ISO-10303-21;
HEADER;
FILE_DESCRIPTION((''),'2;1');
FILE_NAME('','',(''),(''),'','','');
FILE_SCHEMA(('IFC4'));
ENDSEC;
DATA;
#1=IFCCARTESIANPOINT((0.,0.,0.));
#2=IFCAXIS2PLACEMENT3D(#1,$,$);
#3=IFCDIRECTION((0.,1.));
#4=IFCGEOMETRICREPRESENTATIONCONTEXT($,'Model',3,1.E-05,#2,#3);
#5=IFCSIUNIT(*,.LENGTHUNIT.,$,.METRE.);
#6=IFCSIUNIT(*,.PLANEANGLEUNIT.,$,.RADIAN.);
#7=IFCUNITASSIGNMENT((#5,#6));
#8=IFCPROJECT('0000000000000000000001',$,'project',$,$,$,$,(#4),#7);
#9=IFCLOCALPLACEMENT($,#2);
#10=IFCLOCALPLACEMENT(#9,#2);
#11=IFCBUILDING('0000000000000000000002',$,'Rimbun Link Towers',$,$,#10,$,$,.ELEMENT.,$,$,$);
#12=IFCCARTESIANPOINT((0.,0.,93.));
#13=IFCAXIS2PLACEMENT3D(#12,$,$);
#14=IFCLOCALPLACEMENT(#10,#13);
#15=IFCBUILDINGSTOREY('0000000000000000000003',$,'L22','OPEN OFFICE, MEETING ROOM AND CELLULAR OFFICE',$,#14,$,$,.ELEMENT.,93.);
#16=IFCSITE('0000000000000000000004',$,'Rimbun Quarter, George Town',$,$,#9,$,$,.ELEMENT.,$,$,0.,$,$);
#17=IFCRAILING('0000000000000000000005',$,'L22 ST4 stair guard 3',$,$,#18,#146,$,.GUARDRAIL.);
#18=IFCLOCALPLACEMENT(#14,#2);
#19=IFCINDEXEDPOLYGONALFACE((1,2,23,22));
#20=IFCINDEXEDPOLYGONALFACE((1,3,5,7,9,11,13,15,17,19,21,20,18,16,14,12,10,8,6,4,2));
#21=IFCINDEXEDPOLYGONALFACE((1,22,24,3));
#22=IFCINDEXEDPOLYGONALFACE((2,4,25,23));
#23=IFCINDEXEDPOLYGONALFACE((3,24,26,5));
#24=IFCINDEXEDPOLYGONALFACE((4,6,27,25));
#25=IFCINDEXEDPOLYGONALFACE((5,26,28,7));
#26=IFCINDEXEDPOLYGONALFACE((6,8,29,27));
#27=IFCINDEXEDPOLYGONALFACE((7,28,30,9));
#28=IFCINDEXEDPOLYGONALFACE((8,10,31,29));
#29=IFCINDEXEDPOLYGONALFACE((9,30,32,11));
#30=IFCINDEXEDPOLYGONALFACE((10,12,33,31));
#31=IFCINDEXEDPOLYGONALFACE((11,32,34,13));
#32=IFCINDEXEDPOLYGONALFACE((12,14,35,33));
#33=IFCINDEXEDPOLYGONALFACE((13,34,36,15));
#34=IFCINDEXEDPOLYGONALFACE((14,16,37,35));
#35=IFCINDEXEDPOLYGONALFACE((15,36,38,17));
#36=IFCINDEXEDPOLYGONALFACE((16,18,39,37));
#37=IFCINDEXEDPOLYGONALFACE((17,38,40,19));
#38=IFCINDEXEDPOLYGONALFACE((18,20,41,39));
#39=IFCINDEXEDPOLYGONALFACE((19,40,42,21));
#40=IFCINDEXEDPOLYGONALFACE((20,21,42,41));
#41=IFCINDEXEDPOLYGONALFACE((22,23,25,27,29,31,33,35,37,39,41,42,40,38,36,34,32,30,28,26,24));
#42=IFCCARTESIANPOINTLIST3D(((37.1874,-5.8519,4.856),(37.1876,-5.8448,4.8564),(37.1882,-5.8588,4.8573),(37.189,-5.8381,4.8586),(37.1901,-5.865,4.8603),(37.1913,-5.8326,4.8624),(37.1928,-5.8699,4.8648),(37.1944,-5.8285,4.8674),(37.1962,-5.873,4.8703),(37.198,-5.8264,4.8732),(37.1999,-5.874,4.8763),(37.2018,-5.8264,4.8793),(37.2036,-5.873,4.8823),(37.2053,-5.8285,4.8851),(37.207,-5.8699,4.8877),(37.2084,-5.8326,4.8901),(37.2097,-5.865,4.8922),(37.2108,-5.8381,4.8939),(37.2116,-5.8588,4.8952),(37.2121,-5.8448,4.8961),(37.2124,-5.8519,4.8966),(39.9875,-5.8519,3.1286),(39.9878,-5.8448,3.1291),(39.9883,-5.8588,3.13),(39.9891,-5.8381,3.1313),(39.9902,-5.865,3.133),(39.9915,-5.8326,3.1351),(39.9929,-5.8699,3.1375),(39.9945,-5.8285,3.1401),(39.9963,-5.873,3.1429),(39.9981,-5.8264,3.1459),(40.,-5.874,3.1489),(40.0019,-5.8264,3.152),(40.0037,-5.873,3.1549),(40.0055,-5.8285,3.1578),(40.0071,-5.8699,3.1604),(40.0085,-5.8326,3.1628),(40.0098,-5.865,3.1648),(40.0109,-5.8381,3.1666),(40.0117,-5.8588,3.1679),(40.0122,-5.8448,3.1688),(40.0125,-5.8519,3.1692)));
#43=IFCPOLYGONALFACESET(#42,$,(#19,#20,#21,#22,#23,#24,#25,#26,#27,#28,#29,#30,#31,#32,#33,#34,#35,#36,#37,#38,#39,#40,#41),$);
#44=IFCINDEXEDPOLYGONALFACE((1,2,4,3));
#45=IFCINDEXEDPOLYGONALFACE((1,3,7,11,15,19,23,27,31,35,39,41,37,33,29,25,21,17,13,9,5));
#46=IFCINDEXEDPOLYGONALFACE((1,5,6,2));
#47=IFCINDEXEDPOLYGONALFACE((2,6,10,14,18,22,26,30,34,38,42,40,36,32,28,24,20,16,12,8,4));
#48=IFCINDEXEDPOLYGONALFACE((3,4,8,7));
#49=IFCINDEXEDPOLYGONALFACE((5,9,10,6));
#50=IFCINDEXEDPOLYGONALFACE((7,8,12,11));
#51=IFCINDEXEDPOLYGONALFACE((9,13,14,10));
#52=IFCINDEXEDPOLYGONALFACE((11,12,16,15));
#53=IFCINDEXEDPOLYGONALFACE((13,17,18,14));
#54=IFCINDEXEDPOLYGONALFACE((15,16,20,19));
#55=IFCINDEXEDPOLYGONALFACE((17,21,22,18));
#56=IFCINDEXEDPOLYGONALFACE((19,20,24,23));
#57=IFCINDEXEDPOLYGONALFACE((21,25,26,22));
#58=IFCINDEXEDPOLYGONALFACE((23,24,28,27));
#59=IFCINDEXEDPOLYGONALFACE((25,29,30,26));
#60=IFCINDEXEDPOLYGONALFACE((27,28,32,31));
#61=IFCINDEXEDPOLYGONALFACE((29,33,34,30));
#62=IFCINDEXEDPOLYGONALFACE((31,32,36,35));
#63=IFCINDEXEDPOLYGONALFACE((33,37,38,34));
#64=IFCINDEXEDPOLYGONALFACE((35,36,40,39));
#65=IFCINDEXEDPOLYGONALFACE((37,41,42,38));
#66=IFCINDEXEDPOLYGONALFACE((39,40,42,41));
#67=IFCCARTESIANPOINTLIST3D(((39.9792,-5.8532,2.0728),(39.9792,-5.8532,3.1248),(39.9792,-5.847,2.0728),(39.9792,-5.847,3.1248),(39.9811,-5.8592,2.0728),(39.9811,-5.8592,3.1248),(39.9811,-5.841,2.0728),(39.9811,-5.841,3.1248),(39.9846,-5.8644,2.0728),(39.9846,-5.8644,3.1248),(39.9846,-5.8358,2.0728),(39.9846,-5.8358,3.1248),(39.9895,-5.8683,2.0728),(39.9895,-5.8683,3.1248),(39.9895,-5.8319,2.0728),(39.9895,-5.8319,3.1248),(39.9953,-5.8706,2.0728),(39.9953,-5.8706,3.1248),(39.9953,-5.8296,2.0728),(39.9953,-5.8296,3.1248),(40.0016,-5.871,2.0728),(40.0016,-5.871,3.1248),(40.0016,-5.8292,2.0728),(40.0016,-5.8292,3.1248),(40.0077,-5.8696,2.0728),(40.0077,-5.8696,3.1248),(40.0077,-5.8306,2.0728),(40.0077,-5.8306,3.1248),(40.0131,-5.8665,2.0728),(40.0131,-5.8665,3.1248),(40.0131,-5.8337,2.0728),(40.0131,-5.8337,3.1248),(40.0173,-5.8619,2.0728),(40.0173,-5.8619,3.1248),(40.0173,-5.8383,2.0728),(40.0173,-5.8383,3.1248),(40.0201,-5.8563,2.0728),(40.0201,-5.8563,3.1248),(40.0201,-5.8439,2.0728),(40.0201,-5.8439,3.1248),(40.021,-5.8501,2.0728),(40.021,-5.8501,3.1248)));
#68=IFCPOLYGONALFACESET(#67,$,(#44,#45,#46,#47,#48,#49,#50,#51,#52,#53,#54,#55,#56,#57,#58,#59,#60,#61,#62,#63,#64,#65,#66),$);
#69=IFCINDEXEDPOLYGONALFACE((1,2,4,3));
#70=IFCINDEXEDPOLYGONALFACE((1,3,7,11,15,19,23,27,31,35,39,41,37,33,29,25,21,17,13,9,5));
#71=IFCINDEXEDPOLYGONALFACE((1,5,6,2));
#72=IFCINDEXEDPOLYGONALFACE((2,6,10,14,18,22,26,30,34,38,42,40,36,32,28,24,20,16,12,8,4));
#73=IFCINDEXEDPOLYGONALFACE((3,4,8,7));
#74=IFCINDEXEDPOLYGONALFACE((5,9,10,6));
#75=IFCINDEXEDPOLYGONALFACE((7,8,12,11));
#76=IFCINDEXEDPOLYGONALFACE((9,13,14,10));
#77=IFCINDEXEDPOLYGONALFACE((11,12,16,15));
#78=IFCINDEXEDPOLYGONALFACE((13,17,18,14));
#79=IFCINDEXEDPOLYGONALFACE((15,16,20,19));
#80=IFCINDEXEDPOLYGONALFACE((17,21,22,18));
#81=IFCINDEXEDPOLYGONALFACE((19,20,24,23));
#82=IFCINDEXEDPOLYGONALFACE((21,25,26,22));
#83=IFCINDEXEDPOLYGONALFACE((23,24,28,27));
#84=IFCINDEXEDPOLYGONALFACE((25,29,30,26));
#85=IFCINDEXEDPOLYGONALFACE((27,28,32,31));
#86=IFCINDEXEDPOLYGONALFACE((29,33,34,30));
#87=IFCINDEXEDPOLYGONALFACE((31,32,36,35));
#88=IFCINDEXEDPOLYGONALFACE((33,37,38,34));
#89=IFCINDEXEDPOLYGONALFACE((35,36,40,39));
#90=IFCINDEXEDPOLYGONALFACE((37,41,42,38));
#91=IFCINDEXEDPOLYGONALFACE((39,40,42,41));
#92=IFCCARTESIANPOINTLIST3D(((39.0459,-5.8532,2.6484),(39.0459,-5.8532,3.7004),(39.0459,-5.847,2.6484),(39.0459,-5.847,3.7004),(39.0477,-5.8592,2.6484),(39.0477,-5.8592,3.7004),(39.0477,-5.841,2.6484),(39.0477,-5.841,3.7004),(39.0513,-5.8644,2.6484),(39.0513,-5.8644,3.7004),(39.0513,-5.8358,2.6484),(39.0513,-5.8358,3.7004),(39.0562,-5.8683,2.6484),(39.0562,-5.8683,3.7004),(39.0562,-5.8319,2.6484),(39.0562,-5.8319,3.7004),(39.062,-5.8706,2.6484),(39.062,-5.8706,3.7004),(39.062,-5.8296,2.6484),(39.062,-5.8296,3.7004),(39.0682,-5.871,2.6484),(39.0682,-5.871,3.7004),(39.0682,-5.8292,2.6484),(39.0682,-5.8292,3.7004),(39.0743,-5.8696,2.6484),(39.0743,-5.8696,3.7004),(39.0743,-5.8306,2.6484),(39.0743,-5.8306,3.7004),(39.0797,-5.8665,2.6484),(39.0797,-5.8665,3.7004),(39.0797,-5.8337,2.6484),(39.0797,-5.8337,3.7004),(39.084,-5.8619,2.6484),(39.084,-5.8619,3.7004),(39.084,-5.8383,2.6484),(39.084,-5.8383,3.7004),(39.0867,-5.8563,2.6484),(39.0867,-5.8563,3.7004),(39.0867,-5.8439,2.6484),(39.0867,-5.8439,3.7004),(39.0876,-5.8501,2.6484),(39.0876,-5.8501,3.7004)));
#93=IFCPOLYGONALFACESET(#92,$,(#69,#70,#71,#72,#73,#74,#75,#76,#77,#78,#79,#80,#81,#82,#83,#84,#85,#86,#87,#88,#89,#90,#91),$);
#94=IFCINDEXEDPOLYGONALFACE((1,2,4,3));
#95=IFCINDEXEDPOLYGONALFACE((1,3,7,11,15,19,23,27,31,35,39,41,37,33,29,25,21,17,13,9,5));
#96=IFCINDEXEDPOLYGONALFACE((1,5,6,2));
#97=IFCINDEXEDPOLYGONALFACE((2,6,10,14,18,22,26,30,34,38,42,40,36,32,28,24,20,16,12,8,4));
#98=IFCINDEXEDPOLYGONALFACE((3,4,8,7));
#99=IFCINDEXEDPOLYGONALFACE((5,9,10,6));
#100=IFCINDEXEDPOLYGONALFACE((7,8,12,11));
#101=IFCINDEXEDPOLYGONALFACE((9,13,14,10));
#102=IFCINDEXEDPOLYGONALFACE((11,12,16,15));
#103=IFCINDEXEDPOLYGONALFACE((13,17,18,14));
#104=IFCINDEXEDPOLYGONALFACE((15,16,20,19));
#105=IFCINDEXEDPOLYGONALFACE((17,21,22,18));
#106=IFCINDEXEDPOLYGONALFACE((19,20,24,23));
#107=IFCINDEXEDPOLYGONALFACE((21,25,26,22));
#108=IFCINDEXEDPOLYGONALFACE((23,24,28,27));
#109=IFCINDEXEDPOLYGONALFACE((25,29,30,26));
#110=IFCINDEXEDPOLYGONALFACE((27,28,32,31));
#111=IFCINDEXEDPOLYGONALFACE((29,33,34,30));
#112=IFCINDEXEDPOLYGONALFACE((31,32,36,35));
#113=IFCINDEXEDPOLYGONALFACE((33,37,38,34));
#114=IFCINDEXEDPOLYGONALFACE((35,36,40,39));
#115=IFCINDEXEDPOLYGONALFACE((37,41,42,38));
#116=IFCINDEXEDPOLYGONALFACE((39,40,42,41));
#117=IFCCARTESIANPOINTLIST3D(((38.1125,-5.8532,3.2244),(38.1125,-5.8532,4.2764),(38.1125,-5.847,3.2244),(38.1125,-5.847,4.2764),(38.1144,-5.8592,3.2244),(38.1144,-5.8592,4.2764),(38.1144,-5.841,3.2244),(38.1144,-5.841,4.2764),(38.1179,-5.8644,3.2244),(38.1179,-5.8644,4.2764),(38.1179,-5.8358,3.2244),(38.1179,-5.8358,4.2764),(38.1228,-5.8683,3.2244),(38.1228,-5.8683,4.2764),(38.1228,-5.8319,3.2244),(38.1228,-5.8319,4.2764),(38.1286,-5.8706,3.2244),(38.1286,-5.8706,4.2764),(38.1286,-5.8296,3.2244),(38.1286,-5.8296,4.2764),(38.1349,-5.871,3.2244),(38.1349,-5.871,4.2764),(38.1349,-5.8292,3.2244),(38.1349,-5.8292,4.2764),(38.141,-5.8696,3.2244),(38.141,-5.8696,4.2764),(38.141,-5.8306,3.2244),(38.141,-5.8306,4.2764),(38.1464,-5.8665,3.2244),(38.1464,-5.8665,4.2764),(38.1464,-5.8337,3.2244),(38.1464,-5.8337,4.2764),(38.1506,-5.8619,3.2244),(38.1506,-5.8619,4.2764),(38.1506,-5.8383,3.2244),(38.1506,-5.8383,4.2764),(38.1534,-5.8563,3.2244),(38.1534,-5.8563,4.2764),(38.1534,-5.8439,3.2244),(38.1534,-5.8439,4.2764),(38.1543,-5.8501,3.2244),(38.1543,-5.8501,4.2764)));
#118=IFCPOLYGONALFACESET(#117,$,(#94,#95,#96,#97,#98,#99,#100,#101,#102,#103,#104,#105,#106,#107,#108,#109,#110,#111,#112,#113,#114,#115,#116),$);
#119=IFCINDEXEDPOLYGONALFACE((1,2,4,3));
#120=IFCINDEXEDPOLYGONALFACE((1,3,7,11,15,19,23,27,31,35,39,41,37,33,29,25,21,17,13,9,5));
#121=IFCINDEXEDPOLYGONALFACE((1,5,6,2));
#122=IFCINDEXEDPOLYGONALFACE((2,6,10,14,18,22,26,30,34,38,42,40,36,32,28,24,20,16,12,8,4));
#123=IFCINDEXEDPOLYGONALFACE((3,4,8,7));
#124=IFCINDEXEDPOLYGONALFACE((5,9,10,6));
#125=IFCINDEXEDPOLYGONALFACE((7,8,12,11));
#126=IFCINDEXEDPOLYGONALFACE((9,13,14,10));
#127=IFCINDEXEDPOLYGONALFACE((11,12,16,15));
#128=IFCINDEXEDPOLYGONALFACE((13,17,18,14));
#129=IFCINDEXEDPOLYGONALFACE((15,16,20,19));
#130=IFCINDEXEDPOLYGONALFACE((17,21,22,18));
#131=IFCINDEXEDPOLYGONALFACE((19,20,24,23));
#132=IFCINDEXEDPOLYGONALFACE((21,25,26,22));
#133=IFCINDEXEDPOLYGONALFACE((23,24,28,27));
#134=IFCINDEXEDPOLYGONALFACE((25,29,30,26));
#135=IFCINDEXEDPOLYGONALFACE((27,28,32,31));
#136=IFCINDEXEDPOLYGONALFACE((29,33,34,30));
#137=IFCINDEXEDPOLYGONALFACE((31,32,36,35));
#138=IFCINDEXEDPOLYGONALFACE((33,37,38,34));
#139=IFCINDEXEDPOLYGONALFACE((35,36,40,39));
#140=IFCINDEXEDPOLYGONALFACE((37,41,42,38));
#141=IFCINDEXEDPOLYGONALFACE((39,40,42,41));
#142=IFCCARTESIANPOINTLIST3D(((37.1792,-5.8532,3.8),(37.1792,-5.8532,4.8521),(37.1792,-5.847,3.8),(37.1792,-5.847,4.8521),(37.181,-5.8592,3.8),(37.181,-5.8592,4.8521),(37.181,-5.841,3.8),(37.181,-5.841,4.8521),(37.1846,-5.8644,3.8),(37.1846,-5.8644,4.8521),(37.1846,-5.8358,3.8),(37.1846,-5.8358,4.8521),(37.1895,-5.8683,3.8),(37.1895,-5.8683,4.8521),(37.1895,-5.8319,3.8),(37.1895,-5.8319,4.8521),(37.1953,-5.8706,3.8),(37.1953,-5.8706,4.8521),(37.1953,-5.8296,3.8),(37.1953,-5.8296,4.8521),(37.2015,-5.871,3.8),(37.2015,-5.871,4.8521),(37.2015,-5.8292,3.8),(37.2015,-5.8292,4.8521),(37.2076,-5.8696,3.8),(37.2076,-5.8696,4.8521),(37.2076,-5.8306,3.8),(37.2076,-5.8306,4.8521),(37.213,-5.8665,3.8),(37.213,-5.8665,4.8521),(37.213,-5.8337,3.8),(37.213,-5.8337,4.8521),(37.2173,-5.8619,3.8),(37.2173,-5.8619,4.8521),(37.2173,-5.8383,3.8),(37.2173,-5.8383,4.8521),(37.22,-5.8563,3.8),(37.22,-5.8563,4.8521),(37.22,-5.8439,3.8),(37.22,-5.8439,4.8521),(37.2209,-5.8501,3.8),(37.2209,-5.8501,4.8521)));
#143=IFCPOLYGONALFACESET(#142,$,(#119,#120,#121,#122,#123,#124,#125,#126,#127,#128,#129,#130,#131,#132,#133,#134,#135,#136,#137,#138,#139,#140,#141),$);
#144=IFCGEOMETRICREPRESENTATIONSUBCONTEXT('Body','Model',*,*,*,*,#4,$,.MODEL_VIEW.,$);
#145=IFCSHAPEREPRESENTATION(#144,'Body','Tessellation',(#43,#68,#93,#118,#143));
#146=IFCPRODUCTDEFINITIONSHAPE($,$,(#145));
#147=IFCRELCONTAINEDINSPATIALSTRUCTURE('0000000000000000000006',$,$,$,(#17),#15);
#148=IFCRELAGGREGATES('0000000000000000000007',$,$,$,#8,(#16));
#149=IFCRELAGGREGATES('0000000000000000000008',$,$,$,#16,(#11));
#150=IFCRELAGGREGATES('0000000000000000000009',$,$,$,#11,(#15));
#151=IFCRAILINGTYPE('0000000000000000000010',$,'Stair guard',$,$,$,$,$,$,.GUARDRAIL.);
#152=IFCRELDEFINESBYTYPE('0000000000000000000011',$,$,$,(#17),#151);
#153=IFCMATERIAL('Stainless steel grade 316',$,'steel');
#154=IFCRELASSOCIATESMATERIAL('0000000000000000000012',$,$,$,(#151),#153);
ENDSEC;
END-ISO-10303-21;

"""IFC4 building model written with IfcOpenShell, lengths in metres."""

from ifc_helpers import new_model, si_unit, direction, frame, origin, origin_2d, place, context, subcontext, project, spatial, circle, extrude, material, type_object, element, save


model = new_model("IFC4")

# Units and contexts
model_context = context("Model", 3, precision=1e-05, world=origin(), true_north=direction((0.0, 1.0)))
body_context = subcontext(model_context, "Body", "Model", "MODEL_VIEW")
ifc_project = project(units=[si_unit("LENGTHUNIT", "METRE"), si_unit("PLANEANGLEUNIT", "RADIAN")], contexts=[model_context])

# Site, building, storey
site_placement = place(None, origin())
site = spatial("IfcSite", under=ifc_project, at=site_placement, Name="Rimbun Quarter, George Town", CompositionType="ELEMENT", RefElevation=0.0)
building_placement = place(site_placement, origin())
building = spatial("IfcBuilding", under=site, at=building_placement, Name="Rimbun Link Towers", CompositionType="ELEMENT")
storey_placement = place(building_placement, frame((0.0, 0.0, 93.0)))
storey = spatial("IfcBuildingStorey", under=building, at=storey_placement, Name="L22", Description="OPEN OFFICE, MEETING ROOM AND CELLULAR OFFICE", CompositionType="ELEMENT", Elevation=93.0)

# Railing
ifc_material_1 = material(Name="Stainless steel grade 316", Category="steel")
railing_type_1 = type_object("IfcRailingType", Name="Stair guard", PredefinedType="GUARDRAIL", material=ifc_material_1)
railing_1_placement = place(storey_placement, frame((40.0, -5.8501, 2.0728)))
element("IfcRailing", 1, at=railing_1_placement, inside=storey, type_object=railing_type_1, Name="L22 ST4 stair guard 3", PredefinedType="GUARDRAIL", context=body_context, shape_type="SweptSolid", body=[
    extrude(circle(Radius=0.0239, at=origin_2d()), frame((0.0, 0.0, 1.0762), z_axis=(-0.85109, 0.0, 0.52502), x_axis=(0.0, -1.0, 0.0)), (0.0, 0.0, 1.0), 3.29),
    extrude(circle(Radius=0.021, at=origin_2d()), origin(), (0.0, 0.0, 1.0), 1.052),
    extrude(circle(Radius=0.021, at=origin_2d()), frame((-0.9333, 0.0, 0.5757)), (0.0, 0.0, 1.0), 1.052),
    extrude(circle(Radius=0.021, at=origin_2d()), frame((-1.8667, 0.0, 1.1516)), (0.0, 0.0, 1.0), 1.052),
    extrude(circle(Radius=0.021, at=origin_2d()), frame((-2.8, 0.0, 1.7273)), (0.0, 0.0, 1.0), 1.052),
])

save(model, "model.ifc")
